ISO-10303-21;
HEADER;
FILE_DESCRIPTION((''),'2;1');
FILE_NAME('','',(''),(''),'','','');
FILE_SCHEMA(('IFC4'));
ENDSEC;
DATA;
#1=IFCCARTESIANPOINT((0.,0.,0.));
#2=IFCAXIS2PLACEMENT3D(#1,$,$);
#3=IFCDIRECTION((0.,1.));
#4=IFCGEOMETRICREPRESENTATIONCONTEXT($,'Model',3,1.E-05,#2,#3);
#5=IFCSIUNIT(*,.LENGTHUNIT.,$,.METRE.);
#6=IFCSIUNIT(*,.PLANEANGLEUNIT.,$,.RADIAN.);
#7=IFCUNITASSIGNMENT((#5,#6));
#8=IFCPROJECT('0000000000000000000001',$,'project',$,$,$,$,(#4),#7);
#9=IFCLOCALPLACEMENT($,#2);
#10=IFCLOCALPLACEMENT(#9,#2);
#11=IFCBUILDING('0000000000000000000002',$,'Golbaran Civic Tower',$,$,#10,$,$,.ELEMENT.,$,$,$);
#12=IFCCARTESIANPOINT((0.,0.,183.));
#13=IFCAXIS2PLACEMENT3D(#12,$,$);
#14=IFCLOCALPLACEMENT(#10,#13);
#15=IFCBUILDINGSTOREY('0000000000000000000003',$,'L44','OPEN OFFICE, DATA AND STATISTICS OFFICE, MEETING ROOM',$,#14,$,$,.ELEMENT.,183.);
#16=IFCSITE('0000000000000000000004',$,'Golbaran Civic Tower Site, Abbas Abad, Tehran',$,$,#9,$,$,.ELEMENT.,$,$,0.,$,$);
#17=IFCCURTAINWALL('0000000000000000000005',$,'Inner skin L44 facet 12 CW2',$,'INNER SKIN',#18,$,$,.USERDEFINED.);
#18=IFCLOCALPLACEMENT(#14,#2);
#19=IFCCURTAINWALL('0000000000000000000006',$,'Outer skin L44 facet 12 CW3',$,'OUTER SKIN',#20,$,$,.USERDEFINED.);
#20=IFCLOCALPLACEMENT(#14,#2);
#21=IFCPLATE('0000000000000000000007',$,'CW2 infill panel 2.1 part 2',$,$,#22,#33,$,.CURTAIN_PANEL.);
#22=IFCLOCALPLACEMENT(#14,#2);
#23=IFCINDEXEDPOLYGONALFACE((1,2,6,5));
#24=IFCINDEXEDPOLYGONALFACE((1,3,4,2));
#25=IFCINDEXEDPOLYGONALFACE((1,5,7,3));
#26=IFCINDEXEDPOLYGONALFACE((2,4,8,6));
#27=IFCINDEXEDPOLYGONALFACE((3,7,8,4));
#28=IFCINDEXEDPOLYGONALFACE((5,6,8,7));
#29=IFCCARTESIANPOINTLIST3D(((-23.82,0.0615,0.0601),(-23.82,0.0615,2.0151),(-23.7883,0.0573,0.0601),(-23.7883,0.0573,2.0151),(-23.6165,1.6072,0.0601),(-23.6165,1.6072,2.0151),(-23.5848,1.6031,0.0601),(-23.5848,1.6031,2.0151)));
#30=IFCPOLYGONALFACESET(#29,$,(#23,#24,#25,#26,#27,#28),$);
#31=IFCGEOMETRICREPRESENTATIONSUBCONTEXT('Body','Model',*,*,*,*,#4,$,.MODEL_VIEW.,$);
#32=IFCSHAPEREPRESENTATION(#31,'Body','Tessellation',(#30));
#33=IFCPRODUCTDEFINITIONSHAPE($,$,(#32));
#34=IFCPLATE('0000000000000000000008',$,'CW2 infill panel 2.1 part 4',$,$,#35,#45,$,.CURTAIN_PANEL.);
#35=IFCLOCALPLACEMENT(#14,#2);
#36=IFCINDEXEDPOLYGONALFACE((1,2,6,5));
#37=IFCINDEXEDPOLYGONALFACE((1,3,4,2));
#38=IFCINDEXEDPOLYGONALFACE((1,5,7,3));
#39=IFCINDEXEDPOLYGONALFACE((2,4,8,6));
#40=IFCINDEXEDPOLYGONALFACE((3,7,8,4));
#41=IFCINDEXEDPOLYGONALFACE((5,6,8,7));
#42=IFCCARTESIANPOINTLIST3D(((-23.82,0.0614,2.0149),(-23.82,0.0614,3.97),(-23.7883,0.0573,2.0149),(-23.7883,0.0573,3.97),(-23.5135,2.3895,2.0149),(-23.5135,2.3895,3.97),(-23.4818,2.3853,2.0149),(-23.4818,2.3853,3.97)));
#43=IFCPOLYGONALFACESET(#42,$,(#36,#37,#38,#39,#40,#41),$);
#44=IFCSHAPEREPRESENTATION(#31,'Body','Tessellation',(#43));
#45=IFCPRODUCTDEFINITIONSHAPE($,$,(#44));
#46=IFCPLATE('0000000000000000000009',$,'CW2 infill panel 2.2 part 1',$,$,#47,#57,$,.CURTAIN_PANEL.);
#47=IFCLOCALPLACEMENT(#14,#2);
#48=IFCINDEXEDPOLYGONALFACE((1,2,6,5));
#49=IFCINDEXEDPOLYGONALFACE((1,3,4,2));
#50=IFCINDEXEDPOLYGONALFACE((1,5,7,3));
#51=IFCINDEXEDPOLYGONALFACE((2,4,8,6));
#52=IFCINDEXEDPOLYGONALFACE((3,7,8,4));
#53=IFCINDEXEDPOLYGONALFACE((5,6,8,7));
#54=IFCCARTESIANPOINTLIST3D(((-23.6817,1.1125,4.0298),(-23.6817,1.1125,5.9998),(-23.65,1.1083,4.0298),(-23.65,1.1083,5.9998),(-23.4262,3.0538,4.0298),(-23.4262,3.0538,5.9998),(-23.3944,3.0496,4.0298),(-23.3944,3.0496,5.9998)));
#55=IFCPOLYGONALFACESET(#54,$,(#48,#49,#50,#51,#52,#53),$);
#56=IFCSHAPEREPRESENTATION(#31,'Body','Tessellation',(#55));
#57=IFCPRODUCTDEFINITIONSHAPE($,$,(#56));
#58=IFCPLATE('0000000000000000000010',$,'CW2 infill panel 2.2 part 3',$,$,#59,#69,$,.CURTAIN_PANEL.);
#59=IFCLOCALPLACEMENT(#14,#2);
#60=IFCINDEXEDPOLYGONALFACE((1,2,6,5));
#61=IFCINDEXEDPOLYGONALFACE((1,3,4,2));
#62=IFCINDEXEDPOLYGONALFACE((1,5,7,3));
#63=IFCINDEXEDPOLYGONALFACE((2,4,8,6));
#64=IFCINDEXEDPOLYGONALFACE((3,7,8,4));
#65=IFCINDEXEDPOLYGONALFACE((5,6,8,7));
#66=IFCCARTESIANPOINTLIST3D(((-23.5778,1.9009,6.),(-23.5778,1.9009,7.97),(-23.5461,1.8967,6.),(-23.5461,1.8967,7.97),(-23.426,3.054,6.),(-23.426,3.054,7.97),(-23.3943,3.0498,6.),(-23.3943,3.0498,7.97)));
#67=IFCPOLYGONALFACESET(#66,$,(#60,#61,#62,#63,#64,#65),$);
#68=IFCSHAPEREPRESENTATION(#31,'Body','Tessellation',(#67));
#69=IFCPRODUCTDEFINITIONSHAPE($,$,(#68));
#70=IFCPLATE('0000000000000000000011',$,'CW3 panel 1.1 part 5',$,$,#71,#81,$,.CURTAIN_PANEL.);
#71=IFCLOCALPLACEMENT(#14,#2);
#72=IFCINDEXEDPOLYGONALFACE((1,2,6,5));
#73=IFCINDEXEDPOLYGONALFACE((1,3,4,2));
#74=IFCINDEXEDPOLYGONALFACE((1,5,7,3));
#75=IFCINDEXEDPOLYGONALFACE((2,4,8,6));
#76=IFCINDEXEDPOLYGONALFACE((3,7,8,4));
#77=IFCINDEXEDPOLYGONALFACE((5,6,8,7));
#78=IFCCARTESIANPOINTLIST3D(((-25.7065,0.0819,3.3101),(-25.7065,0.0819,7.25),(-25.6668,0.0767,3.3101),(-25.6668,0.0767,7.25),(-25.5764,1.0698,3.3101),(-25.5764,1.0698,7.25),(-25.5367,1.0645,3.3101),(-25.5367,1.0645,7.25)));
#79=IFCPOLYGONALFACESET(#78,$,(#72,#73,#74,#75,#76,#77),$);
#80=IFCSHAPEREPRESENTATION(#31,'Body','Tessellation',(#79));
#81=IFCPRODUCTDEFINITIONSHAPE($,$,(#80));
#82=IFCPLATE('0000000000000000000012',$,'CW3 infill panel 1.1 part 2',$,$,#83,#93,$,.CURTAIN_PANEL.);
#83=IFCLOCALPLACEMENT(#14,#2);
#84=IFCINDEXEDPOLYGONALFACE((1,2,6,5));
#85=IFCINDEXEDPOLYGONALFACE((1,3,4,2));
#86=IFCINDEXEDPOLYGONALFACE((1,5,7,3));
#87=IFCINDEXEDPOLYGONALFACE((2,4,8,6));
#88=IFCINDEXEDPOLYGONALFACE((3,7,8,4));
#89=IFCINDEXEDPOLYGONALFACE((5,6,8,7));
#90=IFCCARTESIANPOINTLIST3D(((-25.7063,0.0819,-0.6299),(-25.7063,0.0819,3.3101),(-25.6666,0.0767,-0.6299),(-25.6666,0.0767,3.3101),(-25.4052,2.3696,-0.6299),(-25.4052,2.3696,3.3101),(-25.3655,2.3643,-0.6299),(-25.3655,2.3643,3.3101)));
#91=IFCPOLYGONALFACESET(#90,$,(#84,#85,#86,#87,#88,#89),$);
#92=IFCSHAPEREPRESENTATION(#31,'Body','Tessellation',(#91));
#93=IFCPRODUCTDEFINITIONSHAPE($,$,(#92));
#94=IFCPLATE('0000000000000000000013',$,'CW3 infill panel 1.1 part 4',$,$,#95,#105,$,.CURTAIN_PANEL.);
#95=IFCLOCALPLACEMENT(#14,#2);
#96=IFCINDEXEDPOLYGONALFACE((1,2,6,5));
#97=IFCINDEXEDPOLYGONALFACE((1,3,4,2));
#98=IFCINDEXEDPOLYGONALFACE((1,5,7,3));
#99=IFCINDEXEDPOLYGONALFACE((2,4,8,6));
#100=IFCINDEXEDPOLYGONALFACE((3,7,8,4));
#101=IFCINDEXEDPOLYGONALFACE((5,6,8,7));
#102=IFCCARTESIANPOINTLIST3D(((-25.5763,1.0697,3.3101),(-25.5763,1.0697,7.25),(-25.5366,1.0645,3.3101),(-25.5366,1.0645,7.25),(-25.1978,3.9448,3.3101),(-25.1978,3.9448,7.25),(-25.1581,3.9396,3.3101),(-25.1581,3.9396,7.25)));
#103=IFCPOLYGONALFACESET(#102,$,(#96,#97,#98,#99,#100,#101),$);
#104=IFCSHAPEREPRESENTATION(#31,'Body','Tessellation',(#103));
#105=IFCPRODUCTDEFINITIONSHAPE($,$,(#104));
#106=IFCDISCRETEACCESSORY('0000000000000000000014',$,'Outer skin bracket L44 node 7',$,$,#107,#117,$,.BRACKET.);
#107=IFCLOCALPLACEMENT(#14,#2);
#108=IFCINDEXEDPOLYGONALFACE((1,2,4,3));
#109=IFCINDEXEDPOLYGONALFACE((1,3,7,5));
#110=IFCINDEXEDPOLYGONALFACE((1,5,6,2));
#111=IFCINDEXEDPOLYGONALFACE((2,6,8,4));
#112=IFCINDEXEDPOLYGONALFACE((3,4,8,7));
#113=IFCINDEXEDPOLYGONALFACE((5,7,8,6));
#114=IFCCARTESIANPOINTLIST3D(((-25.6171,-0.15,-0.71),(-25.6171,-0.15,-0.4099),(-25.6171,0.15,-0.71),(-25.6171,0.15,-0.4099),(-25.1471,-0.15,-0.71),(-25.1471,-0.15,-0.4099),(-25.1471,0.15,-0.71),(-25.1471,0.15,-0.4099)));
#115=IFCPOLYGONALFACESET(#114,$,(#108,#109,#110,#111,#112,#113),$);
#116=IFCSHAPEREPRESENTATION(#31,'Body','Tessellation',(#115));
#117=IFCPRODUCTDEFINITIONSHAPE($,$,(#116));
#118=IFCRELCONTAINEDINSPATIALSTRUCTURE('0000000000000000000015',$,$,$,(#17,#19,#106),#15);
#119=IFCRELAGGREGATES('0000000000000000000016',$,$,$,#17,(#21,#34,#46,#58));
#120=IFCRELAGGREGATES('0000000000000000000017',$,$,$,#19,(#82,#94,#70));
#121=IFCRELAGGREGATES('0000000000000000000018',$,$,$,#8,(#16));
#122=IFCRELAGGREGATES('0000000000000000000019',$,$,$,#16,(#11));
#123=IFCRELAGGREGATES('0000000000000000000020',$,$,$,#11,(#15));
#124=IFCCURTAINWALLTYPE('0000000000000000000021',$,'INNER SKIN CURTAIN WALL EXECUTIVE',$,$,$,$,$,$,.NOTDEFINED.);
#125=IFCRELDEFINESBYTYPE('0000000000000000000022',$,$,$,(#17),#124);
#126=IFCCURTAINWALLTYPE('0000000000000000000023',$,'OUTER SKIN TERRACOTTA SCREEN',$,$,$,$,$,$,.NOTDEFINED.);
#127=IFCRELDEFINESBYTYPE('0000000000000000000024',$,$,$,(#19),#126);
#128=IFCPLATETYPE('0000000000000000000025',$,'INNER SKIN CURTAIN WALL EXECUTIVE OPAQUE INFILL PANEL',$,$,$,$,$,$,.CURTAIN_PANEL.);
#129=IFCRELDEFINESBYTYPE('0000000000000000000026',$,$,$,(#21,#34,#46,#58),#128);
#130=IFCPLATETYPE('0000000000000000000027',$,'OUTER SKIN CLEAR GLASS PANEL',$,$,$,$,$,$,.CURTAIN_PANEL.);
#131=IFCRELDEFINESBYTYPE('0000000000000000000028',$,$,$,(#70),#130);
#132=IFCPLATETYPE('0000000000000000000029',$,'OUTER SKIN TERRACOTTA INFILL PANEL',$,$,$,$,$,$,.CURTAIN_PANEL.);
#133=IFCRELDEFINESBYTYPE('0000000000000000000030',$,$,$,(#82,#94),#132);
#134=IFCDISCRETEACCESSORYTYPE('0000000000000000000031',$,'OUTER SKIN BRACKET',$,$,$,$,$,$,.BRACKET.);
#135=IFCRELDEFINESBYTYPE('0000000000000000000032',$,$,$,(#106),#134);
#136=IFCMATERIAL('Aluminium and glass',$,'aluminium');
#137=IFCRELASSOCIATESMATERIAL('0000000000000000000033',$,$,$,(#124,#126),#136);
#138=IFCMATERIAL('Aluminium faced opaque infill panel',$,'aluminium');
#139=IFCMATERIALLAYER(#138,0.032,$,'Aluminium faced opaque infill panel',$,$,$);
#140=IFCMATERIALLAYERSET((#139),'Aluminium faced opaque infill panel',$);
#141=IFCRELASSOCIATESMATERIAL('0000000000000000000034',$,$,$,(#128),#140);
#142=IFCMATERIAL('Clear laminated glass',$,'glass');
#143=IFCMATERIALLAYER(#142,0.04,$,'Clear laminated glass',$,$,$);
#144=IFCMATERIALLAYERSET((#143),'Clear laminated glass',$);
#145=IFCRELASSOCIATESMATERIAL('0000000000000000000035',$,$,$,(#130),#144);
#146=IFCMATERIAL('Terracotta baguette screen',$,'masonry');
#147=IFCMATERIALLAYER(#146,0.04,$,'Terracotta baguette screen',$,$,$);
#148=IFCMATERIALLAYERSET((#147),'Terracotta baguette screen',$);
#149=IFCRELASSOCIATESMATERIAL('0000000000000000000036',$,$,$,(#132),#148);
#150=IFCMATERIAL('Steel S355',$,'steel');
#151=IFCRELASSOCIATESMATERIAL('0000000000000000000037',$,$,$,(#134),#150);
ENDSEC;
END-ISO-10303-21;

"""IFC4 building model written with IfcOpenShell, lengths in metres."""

from ifc_helpers import new_model, si_unit, direction, frame, origin, origin_2d, place, context, subcontext, project, spatial, rectangle, extrude, material, layer, layer_set, type_object, element, aggregate, save


model = new_model("IFC4")

# Units and contexts
model_context = context("Model", 3, precision=1e-05, world=origin(), true_north=direction((0.0, 1.0)))
body_context = subcontext(model_context, "Body", "Model", "MODEL_VIEW")
ifc_project = project(units=[si_unit("LENGTHUNIT", "METRE"), si_unit("PLANEANGLEUNIT", "RADIAN")], contexts=[model_context])

# Site, building, storey
site_placement = place(None, origin())
site = spatial("IfcSite", under=ifc_project, at=site_placement, Name="Golbaran Civic Tower Site, Abbas Abad, Tehran", CompositionType="ELEMENT", RefElevation=0.0)
building_placement = place(site_placement, origin())
building = spatial("IfcBuilding", under=site, at=building_placement, Name="Golbaran Civic Tower", CompositionType="ELEMENT")
storey_placement = place(building_placement, frame((0.0, 0.0, 183.0)))
storey = spatial("IfcBuildingStorey", under=building, at=storey_placement, Name="L44", Description="OPEN OFFICE, DATA AND STATISTICS OFFICE, MEETING ROOM", CompositionType="ELEMENT", Elevation=183.0)

# Shared definitions
ifc_material_1 = material(Name="Steel S355", Category="steel")

# Curtain wall
ifc_material_2 = material(Name="Aluminium and glass", Category="aluminium")
curtain_wall_type_1 = type_object("IfcCurtainWallType", Name="INNER SKIN CURTAIN WALL EXECUTIVE", PredefinedType="NOTDEFINED", material=ifc_material_2)
curtain_wall_1_placement = place(storey_placement, origin())
curtain_wall_1 = element("IfcCurtainWall", 1, at=curtain_wall_1_placement, inside=storey, type_object=curtain_wall_type_1, Name="Inner skin L44 facet 12 CW2", ObjectType="INNER SKIN", PredefinedType="USERDEFINED")

# Curtain wall
curtain_wall_type_2 = type_object("IfcCurtainWallType", Name="OUTER SKIN TERRACOTTA SCREEN", PredefinedType="NOTDEFINED", material=ifc_material_2)
curtain_wall_2_placement = place(storey_placement, origin())
curtain_wall_2 = element("IfcCurtainWall", 2, at=curtain_wall_2_placement, inside=storey, type_object=curtain_wall_type_2, Name="Outer skin L44 facet 12 CW3", ObjectType="OUTER SKIN", PredefinedType="USERDEFINED")

# Plates
ifc_material_3 = material(Name="Aluminium faced opaque infill panel", Category="aluminium")
ifc_layer_1 = layer(ifc_material_3, 0.032, Name="Aluminium faced opaque infill panel")
ifc_layer_set_1 = layer_set([ifc_layer_1], Name="Aluminium faced opaque infill panel")
plate_type_1 = type_object("IfcPlateType", Name="INNER SKIN CURTAIN WALL EXECUTIVE OPAQUE INFILL PANEL", PredefinedType="CURTAIN_PANEL", material=ifc_layer_set_1)
plate_1_placement = place(storey_placement, frame((-23.7024, 0.8323, 0.0601), z_axis=(0.0, 0.0, 1.0), x_axis=(-0.130526, -0.991445, 0.0)))
plate_1 = element("IfcPlate", 3, at=plate_1_placement, type_object=plate_type_1, Name="CW2 infill panel 2.1 part 2", PredefinedType="CURTAIN_PANEL", context=body_context, shape_type="SweptSolid", body=[
    extrude(rectangle(XDim=1.5591, YDim=0.032, at=origin_2d()), origin(), (0.0, 0.0, 1.0), 1.9551),
])
plate_2_placement = place(storey_placement, frame((-23.6509, 1.2234, 2.0149), z_axis=(0.0, 0.0, 1.0), x_axis=(-0.130526, -0.991445, 0.0)))
plate_2 = element("IfcPlate", 4, at=plate_2_placement, type_object=plate_type_1, Name="CW2 infill panel 2.1 part 4", PredefinedType="CURTAIN_PANEL", context=body_context, shape_type="SweptSolid", body=[
    extrude(rectangle(XDim=2.3481, YDim=0.032, at=origin_2d()), origin(), (0.0, 0.0, 1.0), 1.9551),
])
plate_3_placement = place(storey_placement, frame((-23.5381, 2.0811, 4.0298), z_axis=(0.0, 0.0, 1.0), x_axis=(-0.130526, -0.991445, 0.0)))
plate_3 = element("IfcPlate", 5, at=plate_3_placement, type_object=plate_type_1, Name="CW2 infill panel 2.2 part 1", PredefinedType="CURTAIN_PANEL", context=body_context, shape_type="SweptSolid", body=[
    extrude(rectangle(XDim=1.958, YDim=0.032, at=origin_2d()), origin(), (0.0, 0.0, 1.0), 1.97),
])
plate_4_placement = place(storey_placement, frame((-23.4861, 2.4753, 6.0), z_axis=(0.0, 0.0, 1.0), x_axis=(-0.130526, -0.991445, 0.0)))
plate_4 = element("IfcPlate", 6, at=plate_4_placement, type_object=plate_type_1, Name="CW2 infill panel 2.2 part 3", PredefinedType="CURTAIN_PANEL", context=body_context, shape_type="SweptSolid", body=[
    extrude(rectangle(XDim=1.1631, YDim=0.032, at=origin_2d()), origin(), (0.0, 0.0, 1.0), 1.97),
])
aggregate(curtain_wall_1, [plate_1, plate_2, plate_3, plate_4])
ifc_material_4 = material(Name="Clear laminated glass", Category="glass")
ifc_layer_2 = layer(ifc_material_4, 0.04, Name="Clear laminated glass")
ifc_layer_set_2 = layer_set([ifc_layer_2], Name="Clear laminated glass")
plate_type_2 = type_object("IfcPlateType", Name="OUTER SKIN CLEAR GLASS PANEL", PredefinedType="CURTAIN_PANEL", material=ifc_layer_set_2)
plate_5_placement = place(storey_placement, frame((-25.6216, 0.5732, 3.3101), z_axis=(0.0, 0.0, 1.0), x_axis=(-0.130526, -0.991445, 0.0)))
plate_5 = element("IfcPlate", 7, at=plate_5_placement, type_object=plate_type_2, Name="CW3 panel 1.1 part 5", PredefinedType="CURTAIN_PANEL", context=body_context, shape_type="SweptSolid", body=[
    extrude(rectangle(XDim=0.9963, YDim=0.04, at=origin_2d()), origin(), (0.0, 0.0, 1.0), 3.9399),
])
ifc_material_5 = material(Name="Terracotta baguette screen", Category="masonry")
ifc_layer_3 = layer(ifc_material_5, 0.04, Name="Terracotta baguette screen")
ifc_layer_set_3 = layer_set([ifc_layer_3], Name="Terracotta baguette screen")
plate_type_3 = type_object("IfcPlateType", Name="OUTER SKIN TERRACOTTA INFILL PANEL", PredefinedType="CURTAIN_PANEL", material=ifc_layer_set_3)
plate_6_placement = place(storey_placement, frame((-25.5359, 1.2231, -0.6299), z_axis=(0.0, 0.0, 1.0), x_axis=(-0.130526, -0.991445, 0.0)))
plate_6 = element("IfcPlate", 8, at=plate_6_placement, type_object=plate_type_3, Name="CW3 infill panel 1.1 part 2", PredefinedType="CURTAIN_PANEL", context=body_context, shape_type="SweptSolid", body=[
    extrude(rectangle(XDim=2.3074, YDim=0.04, at=origin_2d()), origin(), (0.0, 0.0, 1.0), 3.9399),
])
plate_7_placement = place(storey_placement, frame((-25.3672, 2.5046, 3.3101), z_axis=(0.0, 0.0, 1.0), x_axis=(-0.130526, -0.991445, 0.0)))
plate_7 = element("IfcPlate", 9, at=plate_7_placement, type_object=plate_type_3, Name="CW3 infill panel 1.1 part 4", PredefinedType="CURTAIN_PANEL", context=body_context, shape_type="SweptSolid", body=[
    extrude(rectangle(XDim=2.8999, YDim=0.04, at=origin_2d()), origin(), (0.0, 0.0, 1.0), 3.9399),
])
aggregate(curtain_wall_2, [plate_6, plate_7, plate_5])

# Discrete accessory
discrete_accessory_type = type_object("IfcDiscreteAccessoryType", Name="OUTER SKIN BRACKET", PredefinedType="BRACKET", material=ifc_material_1)
discrete_accessory_placement = place(storey_placement, frame((-25.3821, 0.0, -0.71), z_axis=(0.0, 0.0, 1.0), x_axis=(-1.0, 0.0, 0.0)))
element("IfcDiscreteAccessory", 10, at=discrete_accessory_placement, inside=storey, type_object=discrete_accessory_type, Name="Outer skin bracket L44 node 7", PredefinedType="BRACKET", context=body_context, shape_type="SweptSolid", body=[
    extrude(rectangle(XDim=0.47, YDim=0.3, at=origin_2d()), origin(), (0.0, 0.0, 1.0), 0.3),
])

save(model, "model.ifc")
